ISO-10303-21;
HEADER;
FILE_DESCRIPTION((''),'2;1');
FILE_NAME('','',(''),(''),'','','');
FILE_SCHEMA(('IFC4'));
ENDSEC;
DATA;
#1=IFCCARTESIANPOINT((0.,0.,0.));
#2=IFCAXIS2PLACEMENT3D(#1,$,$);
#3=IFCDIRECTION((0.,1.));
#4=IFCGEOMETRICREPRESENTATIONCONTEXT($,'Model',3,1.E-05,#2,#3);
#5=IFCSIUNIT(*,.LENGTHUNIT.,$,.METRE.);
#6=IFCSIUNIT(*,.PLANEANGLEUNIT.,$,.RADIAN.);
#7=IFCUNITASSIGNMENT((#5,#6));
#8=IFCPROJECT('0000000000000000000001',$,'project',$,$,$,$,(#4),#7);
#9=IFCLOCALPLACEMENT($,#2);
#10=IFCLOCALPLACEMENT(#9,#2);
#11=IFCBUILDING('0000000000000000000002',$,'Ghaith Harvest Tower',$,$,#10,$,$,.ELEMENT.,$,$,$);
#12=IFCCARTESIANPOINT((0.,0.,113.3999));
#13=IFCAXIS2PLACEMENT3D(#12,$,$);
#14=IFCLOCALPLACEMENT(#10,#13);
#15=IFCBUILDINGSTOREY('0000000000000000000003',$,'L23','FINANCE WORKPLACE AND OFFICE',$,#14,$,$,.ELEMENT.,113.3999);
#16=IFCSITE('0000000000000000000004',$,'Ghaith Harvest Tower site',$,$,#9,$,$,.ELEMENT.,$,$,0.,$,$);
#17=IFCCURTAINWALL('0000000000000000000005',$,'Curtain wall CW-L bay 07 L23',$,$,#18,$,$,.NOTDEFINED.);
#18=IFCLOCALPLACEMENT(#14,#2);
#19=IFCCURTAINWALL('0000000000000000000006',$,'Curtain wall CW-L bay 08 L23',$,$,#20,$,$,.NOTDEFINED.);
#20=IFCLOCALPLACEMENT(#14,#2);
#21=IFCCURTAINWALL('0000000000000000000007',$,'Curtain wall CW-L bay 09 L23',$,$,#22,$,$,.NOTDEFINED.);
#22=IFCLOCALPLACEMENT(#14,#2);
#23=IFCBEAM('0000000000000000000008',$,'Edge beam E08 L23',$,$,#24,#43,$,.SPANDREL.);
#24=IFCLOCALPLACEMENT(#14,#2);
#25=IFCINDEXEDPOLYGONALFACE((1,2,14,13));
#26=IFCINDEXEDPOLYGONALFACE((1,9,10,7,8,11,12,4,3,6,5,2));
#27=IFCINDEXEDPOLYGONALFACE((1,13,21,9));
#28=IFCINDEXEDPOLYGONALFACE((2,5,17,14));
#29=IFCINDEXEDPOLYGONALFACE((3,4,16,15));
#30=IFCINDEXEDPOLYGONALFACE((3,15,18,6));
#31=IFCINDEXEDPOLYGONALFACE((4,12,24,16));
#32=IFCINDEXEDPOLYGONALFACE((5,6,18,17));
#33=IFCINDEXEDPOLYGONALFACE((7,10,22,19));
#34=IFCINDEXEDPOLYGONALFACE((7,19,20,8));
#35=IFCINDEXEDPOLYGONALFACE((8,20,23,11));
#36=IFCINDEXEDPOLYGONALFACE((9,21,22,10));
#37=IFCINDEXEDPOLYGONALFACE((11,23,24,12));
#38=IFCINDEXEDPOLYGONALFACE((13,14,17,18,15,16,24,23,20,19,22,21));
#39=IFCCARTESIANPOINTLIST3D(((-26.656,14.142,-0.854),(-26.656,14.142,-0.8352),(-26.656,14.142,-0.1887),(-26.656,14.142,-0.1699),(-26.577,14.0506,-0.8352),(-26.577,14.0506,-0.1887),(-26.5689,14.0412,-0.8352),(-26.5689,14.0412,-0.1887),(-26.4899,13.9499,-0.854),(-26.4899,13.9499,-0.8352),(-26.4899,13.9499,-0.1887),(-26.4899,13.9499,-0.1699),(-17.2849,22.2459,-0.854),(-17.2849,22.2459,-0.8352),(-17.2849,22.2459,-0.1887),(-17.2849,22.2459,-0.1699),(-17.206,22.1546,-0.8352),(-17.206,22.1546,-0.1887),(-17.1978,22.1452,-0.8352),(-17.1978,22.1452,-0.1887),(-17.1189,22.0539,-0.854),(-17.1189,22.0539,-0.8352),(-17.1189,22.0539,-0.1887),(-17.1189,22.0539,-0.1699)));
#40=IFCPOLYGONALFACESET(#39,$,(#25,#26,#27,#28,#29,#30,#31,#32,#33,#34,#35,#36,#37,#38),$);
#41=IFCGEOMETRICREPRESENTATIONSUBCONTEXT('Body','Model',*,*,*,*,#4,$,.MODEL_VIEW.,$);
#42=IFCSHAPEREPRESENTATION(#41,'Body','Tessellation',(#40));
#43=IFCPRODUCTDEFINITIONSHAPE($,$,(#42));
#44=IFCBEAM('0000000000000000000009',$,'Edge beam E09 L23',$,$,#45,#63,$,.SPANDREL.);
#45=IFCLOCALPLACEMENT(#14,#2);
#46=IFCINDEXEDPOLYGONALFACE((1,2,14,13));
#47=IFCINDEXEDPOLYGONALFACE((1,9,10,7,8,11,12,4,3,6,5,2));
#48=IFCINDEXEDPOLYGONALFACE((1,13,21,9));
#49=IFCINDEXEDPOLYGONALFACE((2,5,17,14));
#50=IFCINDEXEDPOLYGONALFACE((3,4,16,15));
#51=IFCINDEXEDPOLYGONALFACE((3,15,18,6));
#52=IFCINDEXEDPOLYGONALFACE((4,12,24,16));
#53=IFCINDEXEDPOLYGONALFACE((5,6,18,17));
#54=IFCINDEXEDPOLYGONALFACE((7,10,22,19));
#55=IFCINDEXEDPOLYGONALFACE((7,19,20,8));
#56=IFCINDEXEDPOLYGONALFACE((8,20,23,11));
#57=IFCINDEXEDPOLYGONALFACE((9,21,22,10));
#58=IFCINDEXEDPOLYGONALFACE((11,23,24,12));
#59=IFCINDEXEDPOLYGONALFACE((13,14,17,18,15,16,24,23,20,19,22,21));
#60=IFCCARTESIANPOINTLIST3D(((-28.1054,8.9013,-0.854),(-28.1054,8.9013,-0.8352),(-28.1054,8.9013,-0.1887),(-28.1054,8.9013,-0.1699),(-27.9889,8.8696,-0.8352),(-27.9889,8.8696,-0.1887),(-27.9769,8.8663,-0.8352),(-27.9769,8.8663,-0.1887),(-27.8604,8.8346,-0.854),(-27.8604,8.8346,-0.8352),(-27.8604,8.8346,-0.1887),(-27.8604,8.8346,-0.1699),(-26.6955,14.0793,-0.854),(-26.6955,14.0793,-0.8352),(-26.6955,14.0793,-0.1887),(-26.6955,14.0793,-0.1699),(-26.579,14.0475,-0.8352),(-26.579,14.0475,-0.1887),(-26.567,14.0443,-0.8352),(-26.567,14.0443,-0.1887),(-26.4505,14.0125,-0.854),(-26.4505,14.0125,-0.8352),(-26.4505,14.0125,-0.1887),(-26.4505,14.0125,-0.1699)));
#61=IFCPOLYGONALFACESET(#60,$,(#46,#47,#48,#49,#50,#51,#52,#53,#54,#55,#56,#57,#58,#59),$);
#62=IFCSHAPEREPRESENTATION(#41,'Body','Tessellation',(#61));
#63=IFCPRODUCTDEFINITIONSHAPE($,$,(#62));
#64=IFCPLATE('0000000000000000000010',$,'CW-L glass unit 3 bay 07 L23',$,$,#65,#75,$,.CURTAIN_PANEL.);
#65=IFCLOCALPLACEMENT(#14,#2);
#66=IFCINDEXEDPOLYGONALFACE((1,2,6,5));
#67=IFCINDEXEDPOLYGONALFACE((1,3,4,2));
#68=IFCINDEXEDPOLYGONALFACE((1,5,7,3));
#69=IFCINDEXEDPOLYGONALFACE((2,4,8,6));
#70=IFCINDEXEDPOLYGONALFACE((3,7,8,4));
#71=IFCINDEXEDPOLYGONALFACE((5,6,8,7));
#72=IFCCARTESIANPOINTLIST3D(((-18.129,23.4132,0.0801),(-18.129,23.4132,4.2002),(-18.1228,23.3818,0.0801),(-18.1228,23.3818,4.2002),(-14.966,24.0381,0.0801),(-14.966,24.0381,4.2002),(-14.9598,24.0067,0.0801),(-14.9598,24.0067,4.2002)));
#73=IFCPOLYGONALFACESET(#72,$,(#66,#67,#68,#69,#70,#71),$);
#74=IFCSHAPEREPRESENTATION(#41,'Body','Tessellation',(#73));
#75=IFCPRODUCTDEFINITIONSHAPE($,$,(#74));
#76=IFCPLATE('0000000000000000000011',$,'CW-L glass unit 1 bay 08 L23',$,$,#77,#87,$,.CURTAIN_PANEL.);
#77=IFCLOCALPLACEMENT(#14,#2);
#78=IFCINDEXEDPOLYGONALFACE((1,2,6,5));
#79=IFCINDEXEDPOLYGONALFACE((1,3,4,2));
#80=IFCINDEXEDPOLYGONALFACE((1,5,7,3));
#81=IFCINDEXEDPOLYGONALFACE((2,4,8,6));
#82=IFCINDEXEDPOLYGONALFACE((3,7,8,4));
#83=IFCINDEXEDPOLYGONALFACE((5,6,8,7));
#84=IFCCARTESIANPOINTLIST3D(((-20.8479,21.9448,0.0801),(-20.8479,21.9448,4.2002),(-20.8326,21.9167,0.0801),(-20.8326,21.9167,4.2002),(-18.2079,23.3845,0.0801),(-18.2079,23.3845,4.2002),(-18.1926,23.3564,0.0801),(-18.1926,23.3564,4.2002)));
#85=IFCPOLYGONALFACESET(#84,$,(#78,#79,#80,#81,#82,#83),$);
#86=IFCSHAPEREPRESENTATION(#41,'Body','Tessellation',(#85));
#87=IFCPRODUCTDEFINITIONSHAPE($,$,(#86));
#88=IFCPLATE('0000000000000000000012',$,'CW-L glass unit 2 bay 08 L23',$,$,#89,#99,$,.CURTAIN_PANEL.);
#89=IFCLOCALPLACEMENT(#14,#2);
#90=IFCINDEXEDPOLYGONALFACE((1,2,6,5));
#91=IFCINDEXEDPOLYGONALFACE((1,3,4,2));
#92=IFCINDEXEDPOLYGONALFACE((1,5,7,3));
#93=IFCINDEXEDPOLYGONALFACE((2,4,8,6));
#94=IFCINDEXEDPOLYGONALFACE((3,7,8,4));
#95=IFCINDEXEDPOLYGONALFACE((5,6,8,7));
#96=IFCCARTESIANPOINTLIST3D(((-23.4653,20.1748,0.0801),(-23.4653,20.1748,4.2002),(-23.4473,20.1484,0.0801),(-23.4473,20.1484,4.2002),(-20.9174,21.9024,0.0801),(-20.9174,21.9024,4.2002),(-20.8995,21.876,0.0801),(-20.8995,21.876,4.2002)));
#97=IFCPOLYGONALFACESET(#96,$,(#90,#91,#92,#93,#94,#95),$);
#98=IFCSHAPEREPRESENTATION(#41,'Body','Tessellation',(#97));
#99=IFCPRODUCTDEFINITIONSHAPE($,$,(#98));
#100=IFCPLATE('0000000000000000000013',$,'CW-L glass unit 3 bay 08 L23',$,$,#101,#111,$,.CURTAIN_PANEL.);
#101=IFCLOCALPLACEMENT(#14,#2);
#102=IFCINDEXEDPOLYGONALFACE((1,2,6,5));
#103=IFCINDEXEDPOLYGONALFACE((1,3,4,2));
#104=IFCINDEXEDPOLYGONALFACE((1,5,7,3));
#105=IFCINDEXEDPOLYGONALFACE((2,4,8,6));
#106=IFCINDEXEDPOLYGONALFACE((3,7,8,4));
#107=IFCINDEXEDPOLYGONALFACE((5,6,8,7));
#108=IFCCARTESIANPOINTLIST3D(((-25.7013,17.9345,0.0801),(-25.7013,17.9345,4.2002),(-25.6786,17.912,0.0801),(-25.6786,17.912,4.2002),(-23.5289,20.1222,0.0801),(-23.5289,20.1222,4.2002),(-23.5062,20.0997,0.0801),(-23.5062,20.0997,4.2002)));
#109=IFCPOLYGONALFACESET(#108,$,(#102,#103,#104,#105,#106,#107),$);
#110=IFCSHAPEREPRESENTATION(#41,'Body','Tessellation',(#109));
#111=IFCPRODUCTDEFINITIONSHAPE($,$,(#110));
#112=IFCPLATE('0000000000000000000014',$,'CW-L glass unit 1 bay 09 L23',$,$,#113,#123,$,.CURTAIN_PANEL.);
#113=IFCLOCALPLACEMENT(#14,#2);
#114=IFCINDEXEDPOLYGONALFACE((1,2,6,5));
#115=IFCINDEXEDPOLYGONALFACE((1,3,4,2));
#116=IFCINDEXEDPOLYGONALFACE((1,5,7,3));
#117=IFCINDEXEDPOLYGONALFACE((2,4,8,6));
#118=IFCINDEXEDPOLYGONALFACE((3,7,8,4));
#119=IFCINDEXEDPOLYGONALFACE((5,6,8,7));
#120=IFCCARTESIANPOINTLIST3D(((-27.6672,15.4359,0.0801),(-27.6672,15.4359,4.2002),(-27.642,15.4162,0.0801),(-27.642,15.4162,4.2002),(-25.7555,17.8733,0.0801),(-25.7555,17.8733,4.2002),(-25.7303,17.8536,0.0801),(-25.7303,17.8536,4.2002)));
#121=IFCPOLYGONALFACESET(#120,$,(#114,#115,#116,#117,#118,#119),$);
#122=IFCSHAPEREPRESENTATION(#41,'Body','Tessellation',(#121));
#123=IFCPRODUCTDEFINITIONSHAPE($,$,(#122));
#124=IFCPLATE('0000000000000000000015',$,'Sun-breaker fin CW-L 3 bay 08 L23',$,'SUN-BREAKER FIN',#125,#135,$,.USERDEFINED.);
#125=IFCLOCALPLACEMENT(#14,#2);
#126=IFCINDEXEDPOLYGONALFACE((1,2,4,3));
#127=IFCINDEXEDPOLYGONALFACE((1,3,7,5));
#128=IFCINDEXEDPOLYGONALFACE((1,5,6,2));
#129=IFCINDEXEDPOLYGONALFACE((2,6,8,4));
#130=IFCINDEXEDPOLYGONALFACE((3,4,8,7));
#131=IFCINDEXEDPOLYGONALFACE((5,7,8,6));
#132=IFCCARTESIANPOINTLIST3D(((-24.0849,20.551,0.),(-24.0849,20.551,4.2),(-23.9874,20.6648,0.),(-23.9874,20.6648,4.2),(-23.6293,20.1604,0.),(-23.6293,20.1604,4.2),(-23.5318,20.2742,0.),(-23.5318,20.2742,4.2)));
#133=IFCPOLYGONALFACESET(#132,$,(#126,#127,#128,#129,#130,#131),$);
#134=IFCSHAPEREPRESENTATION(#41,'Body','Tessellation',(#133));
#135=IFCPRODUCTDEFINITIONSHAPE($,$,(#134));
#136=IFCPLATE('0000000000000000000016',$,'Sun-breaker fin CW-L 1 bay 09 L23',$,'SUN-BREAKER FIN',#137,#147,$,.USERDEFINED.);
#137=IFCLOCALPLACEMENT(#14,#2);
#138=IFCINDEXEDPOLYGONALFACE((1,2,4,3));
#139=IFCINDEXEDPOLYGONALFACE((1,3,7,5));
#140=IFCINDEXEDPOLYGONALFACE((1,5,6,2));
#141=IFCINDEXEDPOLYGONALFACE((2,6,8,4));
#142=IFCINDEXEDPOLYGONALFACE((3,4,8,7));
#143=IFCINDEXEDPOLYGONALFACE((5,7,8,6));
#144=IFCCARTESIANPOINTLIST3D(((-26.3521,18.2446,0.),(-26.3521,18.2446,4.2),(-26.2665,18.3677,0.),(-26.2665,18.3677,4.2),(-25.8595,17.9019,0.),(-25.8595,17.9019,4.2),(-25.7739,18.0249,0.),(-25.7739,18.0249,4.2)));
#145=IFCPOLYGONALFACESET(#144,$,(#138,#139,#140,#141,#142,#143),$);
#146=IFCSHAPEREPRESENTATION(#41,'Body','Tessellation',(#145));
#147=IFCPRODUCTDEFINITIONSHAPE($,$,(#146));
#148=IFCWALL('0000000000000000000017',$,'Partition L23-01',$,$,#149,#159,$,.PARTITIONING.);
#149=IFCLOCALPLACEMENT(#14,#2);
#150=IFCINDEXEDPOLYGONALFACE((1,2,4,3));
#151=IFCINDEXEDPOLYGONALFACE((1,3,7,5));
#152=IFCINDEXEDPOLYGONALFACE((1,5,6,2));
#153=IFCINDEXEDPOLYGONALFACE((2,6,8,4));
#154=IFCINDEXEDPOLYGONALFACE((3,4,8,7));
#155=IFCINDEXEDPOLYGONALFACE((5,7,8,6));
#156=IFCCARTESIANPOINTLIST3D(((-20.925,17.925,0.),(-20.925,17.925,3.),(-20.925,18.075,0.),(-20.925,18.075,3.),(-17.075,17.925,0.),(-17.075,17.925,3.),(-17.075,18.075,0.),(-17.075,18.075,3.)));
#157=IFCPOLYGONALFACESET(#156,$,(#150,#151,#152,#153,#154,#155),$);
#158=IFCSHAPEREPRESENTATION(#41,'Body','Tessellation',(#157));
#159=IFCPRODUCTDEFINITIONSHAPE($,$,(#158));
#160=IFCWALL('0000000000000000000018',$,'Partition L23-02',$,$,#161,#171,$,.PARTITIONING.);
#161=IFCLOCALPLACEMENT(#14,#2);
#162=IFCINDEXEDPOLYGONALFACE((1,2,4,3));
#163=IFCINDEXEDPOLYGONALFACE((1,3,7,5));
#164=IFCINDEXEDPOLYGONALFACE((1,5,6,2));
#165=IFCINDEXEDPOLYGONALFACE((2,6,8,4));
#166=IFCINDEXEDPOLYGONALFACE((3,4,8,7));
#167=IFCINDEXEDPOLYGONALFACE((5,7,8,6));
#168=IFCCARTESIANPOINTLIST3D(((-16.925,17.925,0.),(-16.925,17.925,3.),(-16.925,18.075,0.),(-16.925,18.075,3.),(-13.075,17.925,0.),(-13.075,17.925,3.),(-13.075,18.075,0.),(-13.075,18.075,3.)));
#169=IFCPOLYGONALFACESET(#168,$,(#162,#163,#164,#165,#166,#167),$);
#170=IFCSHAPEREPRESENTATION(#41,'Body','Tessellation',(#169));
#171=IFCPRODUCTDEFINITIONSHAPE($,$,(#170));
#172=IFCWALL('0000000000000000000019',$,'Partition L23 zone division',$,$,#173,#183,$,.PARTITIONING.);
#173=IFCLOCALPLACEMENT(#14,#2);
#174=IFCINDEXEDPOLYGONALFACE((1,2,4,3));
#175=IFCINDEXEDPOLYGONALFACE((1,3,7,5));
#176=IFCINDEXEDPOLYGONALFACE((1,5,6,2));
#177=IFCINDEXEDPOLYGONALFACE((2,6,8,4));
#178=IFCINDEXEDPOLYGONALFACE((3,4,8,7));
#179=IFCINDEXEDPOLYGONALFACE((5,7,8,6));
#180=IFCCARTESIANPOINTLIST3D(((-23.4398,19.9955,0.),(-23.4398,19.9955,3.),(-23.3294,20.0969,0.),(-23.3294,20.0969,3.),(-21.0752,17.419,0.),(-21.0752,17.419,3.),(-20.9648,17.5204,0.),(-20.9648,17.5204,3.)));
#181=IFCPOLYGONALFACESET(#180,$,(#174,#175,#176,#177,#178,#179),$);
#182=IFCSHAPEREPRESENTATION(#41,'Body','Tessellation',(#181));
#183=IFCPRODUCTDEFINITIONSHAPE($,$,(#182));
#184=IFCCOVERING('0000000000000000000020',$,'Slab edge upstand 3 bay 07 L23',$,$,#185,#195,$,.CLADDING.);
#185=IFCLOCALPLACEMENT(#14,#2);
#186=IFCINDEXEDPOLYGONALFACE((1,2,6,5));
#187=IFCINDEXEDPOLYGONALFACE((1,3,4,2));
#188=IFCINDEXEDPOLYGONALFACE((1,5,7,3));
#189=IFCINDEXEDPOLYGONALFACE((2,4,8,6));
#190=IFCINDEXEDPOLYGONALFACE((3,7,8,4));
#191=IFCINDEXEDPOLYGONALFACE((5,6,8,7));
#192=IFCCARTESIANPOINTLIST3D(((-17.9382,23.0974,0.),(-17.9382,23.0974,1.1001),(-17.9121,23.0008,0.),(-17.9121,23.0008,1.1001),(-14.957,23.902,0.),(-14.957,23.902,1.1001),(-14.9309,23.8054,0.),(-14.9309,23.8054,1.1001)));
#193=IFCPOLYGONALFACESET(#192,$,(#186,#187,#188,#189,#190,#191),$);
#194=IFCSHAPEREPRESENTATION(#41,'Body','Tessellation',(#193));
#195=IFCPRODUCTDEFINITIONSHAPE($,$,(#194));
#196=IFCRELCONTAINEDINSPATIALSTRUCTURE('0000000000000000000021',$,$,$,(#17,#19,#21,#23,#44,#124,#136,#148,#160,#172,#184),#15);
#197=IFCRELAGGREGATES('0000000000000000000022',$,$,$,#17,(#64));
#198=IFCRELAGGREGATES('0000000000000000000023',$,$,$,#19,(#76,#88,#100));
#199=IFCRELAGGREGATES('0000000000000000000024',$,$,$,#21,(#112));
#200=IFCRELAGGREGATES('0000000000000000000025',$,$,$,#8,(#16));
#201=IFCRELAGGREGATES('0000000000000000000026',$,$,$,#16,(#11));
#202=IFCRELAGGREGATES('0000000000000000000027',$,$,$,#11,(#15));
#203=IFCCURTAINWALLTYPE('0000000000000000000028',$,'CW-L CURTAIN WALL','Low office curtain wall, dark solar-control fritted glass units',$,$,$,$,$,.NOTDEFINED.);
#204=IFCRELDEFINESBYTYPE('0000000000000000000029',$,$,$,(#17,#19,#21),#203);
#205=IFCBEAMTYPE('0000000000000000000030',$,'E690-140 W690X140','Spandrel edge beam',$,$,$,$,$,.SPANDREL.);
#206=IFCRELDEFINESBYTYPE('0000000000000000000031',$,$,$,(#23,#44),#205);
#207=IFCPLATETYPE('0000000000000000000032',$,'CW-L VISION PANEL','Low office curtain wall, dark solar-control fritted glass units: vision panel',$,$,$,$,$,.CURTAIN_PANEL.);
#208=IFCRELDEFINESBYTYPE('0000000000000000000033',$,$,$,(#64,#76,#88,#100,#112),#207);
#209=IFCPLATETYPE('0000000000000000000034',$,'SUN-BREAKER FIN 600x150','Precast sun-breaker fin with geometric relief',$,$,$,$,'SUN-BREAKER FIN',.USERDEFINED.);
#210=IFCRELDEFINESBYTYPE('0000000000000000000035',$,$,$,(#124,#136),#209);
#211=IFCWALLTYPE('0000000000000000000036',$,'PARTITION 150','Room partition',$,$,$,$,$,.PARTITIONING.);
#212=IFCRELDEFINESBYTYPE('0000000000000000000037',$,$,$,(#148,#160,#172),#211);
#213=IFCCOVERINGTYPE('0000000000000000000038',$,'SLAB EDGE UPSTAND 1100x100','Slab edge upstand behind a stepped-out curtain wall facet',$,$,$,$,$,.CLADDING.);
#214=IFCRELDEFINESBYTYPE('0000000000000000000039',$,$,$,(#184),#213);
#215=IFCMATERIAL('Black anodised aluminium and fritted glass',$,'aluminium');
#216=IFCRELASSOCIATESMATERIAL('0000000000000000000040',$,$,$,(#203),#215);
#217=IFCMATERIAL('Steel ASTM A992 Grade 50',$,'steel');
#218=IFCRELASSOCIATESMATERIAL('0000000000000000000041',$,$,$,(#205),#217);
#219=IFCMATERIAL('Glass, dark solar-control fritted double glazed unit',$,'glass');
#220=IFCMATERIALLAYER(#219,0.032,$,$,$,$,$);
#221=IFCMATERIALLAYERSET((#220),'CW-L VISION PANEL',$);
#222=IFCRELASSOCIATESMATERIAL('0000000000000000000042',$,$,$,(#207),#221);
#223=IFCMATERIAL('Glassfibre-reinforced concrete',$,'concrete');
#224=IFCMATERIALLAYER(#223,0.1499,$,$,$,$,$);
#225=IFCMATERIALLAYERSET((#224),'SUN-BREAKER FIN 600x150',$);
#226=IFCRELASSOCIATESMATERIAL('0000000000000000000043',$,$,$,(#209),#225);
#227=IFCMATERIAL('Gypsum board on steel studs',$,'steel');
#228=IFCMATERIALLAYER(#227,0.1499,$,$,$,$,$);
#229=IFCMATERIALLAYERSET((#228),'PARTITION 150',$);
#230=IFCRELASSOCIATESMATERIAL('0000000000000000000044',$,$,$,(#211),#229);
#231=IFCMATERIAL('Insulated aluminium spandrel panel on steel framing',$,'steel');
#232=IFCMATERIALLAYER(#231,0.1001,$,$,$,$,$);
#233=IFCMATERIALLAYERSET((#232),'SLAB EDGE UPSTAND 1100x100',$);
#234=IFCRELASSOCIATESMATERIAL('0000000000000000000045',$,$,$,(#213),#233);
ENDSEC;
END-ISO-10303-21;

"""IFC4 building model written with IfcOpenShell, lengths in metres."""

from ifc_helpers import new_model, si_unit, direction, frame, frame_2d, origin, origin_2d, place, context, subcontext, project, spatial, rectangle, i_section, extrude, material, layer, layer_set, material_profile, profile_set, type_object, element, aggregate, save


model = new_model("IFC4")

# Units and contexts
model_context = context("Model", 3, precision=1e-05, world=origin(), true_north=direction((0.0, 1.0)))
body_context = subcontext(model_context, "Body", "Model", "MODEL_VIEW")
ifc_project = project(units=[si_unit("LENGTHUNIT", "METRE"), si_unit("PLANEANGLEUNIT", "RADIAN")], contexts=[model_context])

# Site, building, storey
site_placement = place(None, origin())
site = spatial("IfcSite", under=ifc_project, at=site_placement, Name="Ghaith Harvest Tower site", CompositionType="ELEMENT", RefElevation=0.0)
building_placement = place(site_placement, origin())
building = spatial("IfcBuilding", under=site, at=building_placement, Name="Ghaith Harvest Tower", CompositionType="ELEMENT")
storey_placement = place(building_placement, frame((0.0, 0.0, 113.3999)))
storey = spatial("IfcBuildingStorey", under=building, at=storey_placement, Name="L23", Description="FINANCE WORKPLACE AND OFFICE", CompositionType="ELEMENT", Elevation=113.3999)

# Curtain wall
ifc_material_1 = material(Name="Black anodised aluminium and fritted glass", Category="aluminium")
curtain_wall_type = type_object("IfcCurtainWallType", Name="CW-L CURTAIN WALL", Description="Low office curtain wall, dark solar-control fritted glass units", PredefinedType="NOTDEFINED", material=ifc_material_1)
curtain_wall_1_placement = place(storey_placement, origin())
curtain_wall_1 = element("IfcCurtainWall", 1, at=curtain_wall_1_placement, inside=storey, type_object=curtain_wall_type, Name="Curtain wall CW-L bay 07 L23", PredefinedType="NOTDEFINED")

# Curtain walls
curtain_wall_2_placement = place(storey_placement, origin())
curtain_wall_2 = element("IfcCurtainWall", 2, at=curtain_wall_2_placement, inside=storey, type_object=curtain_wall_type, Name="Curtain wall CW-L bay 08 L23", PredefinedType="NOTDEFINED")
curtain_wall_3_placement = place(storey_placement, origin())
curtain_wall_3 = element("IfcCurtainWall", 3, at=curtain_wall_3_placement, inside=storey, type_object=curtain_wall_type, Name="Curtain wall CW-L bay 09 L23", PredefinedType="NOTDEFINED")

# Beams
ifc_material_2 = material(Name="Steel ASTM A992 Grade 50", Category="steel")
ifc_material_profile_1 = material_profile(ifc_material_2, i_section(OverallWidth=0.2539, OverallDepth=0.6841, WebThickness=0.0125, FlangeThickness=0.0188, at=origin_2d()), Name="W690X140")
ifc_profile_set_1 = profile_set([ifc_material_profile_1], Name="Steel ASTM A992 Grade 50")
beam_type = type_object("IfcBeamType", Name="E690-140 W690X140", Description="Spandrel edge beam", PredefinedType="SPANDREL", material=ifc_profile_set_1)
beam_1_placement = place(storey_placement, frame((-17.2019, 22.1499, -0.512), z_axis=(-0.756392, -0.654118, 0.0), x_axis=(0.654118, -0.756392, 0.0)))
element("IfcBeam", 4, at=beam_1_placement, inside=storey, type_object=beam_type, Name="Edge beam E08 L23", PredefinedType="SPANDREL", context=body_context, shape_type="SweptSolid", body=[
    extrude(i_section(OverallWidth=0.2539, OverallDepth=0.6841, WebThickness=0.0125, FlangeThickness=0.0188, at=origin_2d()), origin(), (0.0, 0.0, 1.0), 12.3892),
])
beam_2_placement = place(storey_placement, frame((-26.573, 14.0459, -0.512), z_axis=(-0.262725, -0.964871, 0.0), x_axis=(0.964871, -0.262725, 0.0)))
element("IfcBeam", 5, at=beam_2_placement, inside=storey, type_object=beam_type, Name="Edge beam E09 L23", PredefinedType="SPANDREL", context=body_context, shape_type="SweptSolid", body=[
    extrude(i_section(OverallWidth=0.2539, OverallDepth=0.6841, WebThickness=0.0125, FlangeThickness=0.0188, at=origin_2d()), origin(), (0.0, 0.0, 1.0), 5.3665),
])

# Plates
ifc_material_3 = material(Name="Glass, dark solar-control fritted double glazed unit", Category="glass")
ifc_layer_1 = layer(ifc_material_3, 0.032)
ifc_layer_set_1 = layer_set([ifc_layer_1], Name="CW-L VISION PANEL")
plate_type_1 = type_object("IfcPlateType", Name="CW-L VISION PANEL", Description="Low office curtain wall, dark solar-control fritted glass units: vision panel", PredefinedType="CURTAIN_PANEL", material=ifc_layer_set_1)
plate_1_placement = place(storey_placement, frame((-16.5444, 23.71, 0.0801), z_axis=(0.0, 0.0, 1.0), x_axis=(-0.981038, -0.193818, 0.0)))
plate_1 = element("IfcPlate", 6, at=plate_1_placement, type_object=plate_type_1, Name="CW-L glass unit 3 bay 07 L23", PredefinedType="CURTAIN_PANEL", context=body_context, shape_type="SweptSolid", body=[
    extrude(rectangle(XDim=3.2241, YDim=0.032, at=origin_2d()), origin(), (0.0, 0.0, 1.0), 4.1201),
])
aggregate(curtain_wall_1, [plate_1])
plate_2_placement = place(storey_placement, frame((-19.5203, 22.6506, 0.0801), z_axis=(0.0, 0.0, 1.0), x_axis=(-0.87794, -0.47877, 0.0)))
plate_2 = element("IfcPlate", 7, at=plate_2_placement, type_object=plate_type_1, Name="CW-L glass unit 1 bay 08 L23", PredefinedType="CURTAIN_PANEL", context=body_context, shape_type="SweptSolid", body=[
    extrude(rectangle(XDim=3.0071, YDim=0.032, at=origin_2d()), origin(), (0.0, 0.0, 1.0), 4.1201),
])
plate_3_placement = place(storey_placement, frame((-22.1824, 21.0254, 0.0801), z_axis=(0.0, 0.0, 1.0), x_axis=(-0.827675, -0.561208, 0.0)))
plate_3 = element("IfcPlate", 8, at=plate_3_placement, type_object=plate_type_1, Name="CW-L glass unit 2 bay 08 L23", PredefinedType="CURTAIN_PANEL", context=body_context, shape_type="SweptSolid", body=[
    extrude(rectangle(XDim=3.0784, YDim=0.032, at=origin_2d()), origin(), (0.0, 0.0, 1.0), 4.1201),
])
plate_4_placement = place(storey_placement, frame((-24.6038, 19.0171, 0.0801), z_axis=(0.0, 0.0, 1.0), x_axis=(-0.704614, -0.709591, 0.0)))
plate_4 = element("IfcPlate", 9, at=plate_4_placement, type_object=plate_type_1, Name="CW-L glass unit 3 bay 08 L23", PredefinedType="CURTAIN_PANEL", context=body_context, shape_type="SweptSolid", body=[
    extrude(rectangle(XDim=3.083, YDim=0.032, at=origin_2d()), origin(), (0.0, 0.0, 1.0), 4.1201),
])
aggregate(curtain_wall_2, [plate_2, plate_3, plate_4])
plate_5_placement = place(storey_placement, frame((-26.6987, 16.6448, 0.0801), z_axis=(0.0, 0.0, 1.0), x_axis=(-0.617141, -0.786853, 0.0)))
plate_5 = element("IfcPlate", 10, at=plate_5_placement, type_object=plate_type_1, Name="CW-L glass unit 1 bay 09 L23", PredefinedType="CURTAIN_PANEL", context=body_context, shape_type="SweptSolid", body=[
    extrude(rectangle(XDim=3.0977, YDim=0.032, at=origin_2d()), origin(), (0.0, 0.0, 1.0), 4.1201),
])
aggregate(curtain_wall_3, [plate_5])

# Plates
ifc_material_4 = material(Name="Glassfibre-reinforced concrete", Category="concrete")
ifc_layer_2 = layer(ifc_material_4, 0.1499)
ifc_layer_set_2 = layer_set([ifc_layer_2], Name="SUN-BREAKER FIN 600x150")
plate_type_2 = type_object("IfcPlateType", Name="SUN-BREAKER FIN 600x150", Description="Precast sun-breaker fin with geometric relief", ElementType="SUN-BREAKER FIN", PredefinedType="USERDEFINED", material=ifc_layer_set_2)
for number, where, z_axis, x_axis, name in (
    (11, (-23.8083, 20.4126, 0.0), (0.0, 0.0, 1.0), (-0.75917, 0.650893, 0.0), "Sun-breaker fin CW-L 3 bay 08 L23"),
    (12, (-26.063, 18.1348, 0.0), (0.0, 0.0, 1.0), (-0.820845, 0.57115, 0.0), "Sun-breaker fin CW-L 1 bay 09 L23"),
):
    element("IfcPlate", number, at=place(storey_placement, frame(where, z_axis=z_axis, x_axis=x_axis)), inside=storey, type_object=plate_type_2, Name=name, ObjectType="SUN-BREAKER FIN", PredefinedType="USERDEFINED", context=body_context, shape_type="SweptSolid", body=[
        extrude(rectangle(XDim=0.6001, YDim=0.1499, at=origin_2d()), origin(), (0.0, 0.0, 1.0), 4.2),
    ])

# Walls
ifc_material_5 = material(Name="Gypsum board on steel studs", Category="steel")
ifc_layer_3 = layer(ifc_material_5, 0.1499)
ifc_layer_set_3 = layer_set([ifc_layer_3], Name="PARTITION 150")
wall_type = type_object("IfcWallType", Name="PARTITION 150", Description="Room partition", PredefinedType="PARTITIONING", material=ifc_layer_set_3)
for number, where, z_axis, x_axis, name in (
    (13, (-20.925, 18.0, 0.0), (0.0, 0.0, 1.0), (1.0, 0.0, 0.0), "Partition L23-01"),
    (14, (-16.925, 18.0, 0.0), (0.0, 0.0, 1.0), (1.0, 0.0, 0.0), "Partition L23-02"),
):
    element("IfcWall", number, at=place(storey_placement, frame(where, z_axis=z_axis, x_axis=x_axis)), inside=storey, type_object=wall_type, Name=name, PredefinedType="PARTITIONING", context=body_context, shape_type="SweptSolid", body=[
        extrude(rectangle(XDim=3.8501, YDim=0.1499, at=frame_2d((1.925, 0.0))), origin(), (0.0, 0.0, 1.0), 3.0),
    ])
wall_placement = place(storey_placement, frame((-21.02, 17.4697, 0.0), z_axis=(0.0, 0.0, 1.0), x_axis=(-0.676158, 0.736757, 0.0)))
element("IfcWall", 15, at=wall_placement, inside=storey, type_object=wall_type, Name="Partition L23 zone division", PredefinedType="PARTITIONING", context=body_context, shape_type="SweptSolid", body=[
    extrude(rectangle(XDim=3.4971, YDim=0.1499, at=frame_2d((1.7485, 0.0))), origin(), (0.0, 0.0, 1.0), 3.0),
])

# Covering
ifc_material_6 = material(Name="Insulated aluminium spandrel panel on steel framing", Category="steel")
ifc_layer_4 = layer(ifc_material_6, 0.1001)
ifc_layer_set_4 = layer_set([ifc_layer_4], Name="SLAB EDGE UPSTAND 1100x100")
covering_type = type_object("IfcCoveringType", Name="SLAB EDGE UPSTAND 1100x100", Description="Slab edge upstand behind a stepped-out curtain wall facet", PredefinedType="CLADDING", material=ifc_layer_set_4)
covering_1_placement = place(storey_placement, frame((-16.4346, 23.4514, 0.0), z_axis=(0.0, 0.0, 1.0), x_axis=(-0.965455, -0.26057, 0.0)))
element("IfcCovering", 16, at=covering_1_placement, inside=storey, type_object=covering_type, Name="Slab edge upstand 3 bay 07 L23", PredefinedType="CLADDING", context=body_context, shape_type="SweptSolid", body=[
    extrude(rectangle(XDim=3.0879, YDim=0.1001, at=origin_2d()), origin(), (0.0, 0.0, 1.0), 1.1001),
])

save(model, "model.ifc")
